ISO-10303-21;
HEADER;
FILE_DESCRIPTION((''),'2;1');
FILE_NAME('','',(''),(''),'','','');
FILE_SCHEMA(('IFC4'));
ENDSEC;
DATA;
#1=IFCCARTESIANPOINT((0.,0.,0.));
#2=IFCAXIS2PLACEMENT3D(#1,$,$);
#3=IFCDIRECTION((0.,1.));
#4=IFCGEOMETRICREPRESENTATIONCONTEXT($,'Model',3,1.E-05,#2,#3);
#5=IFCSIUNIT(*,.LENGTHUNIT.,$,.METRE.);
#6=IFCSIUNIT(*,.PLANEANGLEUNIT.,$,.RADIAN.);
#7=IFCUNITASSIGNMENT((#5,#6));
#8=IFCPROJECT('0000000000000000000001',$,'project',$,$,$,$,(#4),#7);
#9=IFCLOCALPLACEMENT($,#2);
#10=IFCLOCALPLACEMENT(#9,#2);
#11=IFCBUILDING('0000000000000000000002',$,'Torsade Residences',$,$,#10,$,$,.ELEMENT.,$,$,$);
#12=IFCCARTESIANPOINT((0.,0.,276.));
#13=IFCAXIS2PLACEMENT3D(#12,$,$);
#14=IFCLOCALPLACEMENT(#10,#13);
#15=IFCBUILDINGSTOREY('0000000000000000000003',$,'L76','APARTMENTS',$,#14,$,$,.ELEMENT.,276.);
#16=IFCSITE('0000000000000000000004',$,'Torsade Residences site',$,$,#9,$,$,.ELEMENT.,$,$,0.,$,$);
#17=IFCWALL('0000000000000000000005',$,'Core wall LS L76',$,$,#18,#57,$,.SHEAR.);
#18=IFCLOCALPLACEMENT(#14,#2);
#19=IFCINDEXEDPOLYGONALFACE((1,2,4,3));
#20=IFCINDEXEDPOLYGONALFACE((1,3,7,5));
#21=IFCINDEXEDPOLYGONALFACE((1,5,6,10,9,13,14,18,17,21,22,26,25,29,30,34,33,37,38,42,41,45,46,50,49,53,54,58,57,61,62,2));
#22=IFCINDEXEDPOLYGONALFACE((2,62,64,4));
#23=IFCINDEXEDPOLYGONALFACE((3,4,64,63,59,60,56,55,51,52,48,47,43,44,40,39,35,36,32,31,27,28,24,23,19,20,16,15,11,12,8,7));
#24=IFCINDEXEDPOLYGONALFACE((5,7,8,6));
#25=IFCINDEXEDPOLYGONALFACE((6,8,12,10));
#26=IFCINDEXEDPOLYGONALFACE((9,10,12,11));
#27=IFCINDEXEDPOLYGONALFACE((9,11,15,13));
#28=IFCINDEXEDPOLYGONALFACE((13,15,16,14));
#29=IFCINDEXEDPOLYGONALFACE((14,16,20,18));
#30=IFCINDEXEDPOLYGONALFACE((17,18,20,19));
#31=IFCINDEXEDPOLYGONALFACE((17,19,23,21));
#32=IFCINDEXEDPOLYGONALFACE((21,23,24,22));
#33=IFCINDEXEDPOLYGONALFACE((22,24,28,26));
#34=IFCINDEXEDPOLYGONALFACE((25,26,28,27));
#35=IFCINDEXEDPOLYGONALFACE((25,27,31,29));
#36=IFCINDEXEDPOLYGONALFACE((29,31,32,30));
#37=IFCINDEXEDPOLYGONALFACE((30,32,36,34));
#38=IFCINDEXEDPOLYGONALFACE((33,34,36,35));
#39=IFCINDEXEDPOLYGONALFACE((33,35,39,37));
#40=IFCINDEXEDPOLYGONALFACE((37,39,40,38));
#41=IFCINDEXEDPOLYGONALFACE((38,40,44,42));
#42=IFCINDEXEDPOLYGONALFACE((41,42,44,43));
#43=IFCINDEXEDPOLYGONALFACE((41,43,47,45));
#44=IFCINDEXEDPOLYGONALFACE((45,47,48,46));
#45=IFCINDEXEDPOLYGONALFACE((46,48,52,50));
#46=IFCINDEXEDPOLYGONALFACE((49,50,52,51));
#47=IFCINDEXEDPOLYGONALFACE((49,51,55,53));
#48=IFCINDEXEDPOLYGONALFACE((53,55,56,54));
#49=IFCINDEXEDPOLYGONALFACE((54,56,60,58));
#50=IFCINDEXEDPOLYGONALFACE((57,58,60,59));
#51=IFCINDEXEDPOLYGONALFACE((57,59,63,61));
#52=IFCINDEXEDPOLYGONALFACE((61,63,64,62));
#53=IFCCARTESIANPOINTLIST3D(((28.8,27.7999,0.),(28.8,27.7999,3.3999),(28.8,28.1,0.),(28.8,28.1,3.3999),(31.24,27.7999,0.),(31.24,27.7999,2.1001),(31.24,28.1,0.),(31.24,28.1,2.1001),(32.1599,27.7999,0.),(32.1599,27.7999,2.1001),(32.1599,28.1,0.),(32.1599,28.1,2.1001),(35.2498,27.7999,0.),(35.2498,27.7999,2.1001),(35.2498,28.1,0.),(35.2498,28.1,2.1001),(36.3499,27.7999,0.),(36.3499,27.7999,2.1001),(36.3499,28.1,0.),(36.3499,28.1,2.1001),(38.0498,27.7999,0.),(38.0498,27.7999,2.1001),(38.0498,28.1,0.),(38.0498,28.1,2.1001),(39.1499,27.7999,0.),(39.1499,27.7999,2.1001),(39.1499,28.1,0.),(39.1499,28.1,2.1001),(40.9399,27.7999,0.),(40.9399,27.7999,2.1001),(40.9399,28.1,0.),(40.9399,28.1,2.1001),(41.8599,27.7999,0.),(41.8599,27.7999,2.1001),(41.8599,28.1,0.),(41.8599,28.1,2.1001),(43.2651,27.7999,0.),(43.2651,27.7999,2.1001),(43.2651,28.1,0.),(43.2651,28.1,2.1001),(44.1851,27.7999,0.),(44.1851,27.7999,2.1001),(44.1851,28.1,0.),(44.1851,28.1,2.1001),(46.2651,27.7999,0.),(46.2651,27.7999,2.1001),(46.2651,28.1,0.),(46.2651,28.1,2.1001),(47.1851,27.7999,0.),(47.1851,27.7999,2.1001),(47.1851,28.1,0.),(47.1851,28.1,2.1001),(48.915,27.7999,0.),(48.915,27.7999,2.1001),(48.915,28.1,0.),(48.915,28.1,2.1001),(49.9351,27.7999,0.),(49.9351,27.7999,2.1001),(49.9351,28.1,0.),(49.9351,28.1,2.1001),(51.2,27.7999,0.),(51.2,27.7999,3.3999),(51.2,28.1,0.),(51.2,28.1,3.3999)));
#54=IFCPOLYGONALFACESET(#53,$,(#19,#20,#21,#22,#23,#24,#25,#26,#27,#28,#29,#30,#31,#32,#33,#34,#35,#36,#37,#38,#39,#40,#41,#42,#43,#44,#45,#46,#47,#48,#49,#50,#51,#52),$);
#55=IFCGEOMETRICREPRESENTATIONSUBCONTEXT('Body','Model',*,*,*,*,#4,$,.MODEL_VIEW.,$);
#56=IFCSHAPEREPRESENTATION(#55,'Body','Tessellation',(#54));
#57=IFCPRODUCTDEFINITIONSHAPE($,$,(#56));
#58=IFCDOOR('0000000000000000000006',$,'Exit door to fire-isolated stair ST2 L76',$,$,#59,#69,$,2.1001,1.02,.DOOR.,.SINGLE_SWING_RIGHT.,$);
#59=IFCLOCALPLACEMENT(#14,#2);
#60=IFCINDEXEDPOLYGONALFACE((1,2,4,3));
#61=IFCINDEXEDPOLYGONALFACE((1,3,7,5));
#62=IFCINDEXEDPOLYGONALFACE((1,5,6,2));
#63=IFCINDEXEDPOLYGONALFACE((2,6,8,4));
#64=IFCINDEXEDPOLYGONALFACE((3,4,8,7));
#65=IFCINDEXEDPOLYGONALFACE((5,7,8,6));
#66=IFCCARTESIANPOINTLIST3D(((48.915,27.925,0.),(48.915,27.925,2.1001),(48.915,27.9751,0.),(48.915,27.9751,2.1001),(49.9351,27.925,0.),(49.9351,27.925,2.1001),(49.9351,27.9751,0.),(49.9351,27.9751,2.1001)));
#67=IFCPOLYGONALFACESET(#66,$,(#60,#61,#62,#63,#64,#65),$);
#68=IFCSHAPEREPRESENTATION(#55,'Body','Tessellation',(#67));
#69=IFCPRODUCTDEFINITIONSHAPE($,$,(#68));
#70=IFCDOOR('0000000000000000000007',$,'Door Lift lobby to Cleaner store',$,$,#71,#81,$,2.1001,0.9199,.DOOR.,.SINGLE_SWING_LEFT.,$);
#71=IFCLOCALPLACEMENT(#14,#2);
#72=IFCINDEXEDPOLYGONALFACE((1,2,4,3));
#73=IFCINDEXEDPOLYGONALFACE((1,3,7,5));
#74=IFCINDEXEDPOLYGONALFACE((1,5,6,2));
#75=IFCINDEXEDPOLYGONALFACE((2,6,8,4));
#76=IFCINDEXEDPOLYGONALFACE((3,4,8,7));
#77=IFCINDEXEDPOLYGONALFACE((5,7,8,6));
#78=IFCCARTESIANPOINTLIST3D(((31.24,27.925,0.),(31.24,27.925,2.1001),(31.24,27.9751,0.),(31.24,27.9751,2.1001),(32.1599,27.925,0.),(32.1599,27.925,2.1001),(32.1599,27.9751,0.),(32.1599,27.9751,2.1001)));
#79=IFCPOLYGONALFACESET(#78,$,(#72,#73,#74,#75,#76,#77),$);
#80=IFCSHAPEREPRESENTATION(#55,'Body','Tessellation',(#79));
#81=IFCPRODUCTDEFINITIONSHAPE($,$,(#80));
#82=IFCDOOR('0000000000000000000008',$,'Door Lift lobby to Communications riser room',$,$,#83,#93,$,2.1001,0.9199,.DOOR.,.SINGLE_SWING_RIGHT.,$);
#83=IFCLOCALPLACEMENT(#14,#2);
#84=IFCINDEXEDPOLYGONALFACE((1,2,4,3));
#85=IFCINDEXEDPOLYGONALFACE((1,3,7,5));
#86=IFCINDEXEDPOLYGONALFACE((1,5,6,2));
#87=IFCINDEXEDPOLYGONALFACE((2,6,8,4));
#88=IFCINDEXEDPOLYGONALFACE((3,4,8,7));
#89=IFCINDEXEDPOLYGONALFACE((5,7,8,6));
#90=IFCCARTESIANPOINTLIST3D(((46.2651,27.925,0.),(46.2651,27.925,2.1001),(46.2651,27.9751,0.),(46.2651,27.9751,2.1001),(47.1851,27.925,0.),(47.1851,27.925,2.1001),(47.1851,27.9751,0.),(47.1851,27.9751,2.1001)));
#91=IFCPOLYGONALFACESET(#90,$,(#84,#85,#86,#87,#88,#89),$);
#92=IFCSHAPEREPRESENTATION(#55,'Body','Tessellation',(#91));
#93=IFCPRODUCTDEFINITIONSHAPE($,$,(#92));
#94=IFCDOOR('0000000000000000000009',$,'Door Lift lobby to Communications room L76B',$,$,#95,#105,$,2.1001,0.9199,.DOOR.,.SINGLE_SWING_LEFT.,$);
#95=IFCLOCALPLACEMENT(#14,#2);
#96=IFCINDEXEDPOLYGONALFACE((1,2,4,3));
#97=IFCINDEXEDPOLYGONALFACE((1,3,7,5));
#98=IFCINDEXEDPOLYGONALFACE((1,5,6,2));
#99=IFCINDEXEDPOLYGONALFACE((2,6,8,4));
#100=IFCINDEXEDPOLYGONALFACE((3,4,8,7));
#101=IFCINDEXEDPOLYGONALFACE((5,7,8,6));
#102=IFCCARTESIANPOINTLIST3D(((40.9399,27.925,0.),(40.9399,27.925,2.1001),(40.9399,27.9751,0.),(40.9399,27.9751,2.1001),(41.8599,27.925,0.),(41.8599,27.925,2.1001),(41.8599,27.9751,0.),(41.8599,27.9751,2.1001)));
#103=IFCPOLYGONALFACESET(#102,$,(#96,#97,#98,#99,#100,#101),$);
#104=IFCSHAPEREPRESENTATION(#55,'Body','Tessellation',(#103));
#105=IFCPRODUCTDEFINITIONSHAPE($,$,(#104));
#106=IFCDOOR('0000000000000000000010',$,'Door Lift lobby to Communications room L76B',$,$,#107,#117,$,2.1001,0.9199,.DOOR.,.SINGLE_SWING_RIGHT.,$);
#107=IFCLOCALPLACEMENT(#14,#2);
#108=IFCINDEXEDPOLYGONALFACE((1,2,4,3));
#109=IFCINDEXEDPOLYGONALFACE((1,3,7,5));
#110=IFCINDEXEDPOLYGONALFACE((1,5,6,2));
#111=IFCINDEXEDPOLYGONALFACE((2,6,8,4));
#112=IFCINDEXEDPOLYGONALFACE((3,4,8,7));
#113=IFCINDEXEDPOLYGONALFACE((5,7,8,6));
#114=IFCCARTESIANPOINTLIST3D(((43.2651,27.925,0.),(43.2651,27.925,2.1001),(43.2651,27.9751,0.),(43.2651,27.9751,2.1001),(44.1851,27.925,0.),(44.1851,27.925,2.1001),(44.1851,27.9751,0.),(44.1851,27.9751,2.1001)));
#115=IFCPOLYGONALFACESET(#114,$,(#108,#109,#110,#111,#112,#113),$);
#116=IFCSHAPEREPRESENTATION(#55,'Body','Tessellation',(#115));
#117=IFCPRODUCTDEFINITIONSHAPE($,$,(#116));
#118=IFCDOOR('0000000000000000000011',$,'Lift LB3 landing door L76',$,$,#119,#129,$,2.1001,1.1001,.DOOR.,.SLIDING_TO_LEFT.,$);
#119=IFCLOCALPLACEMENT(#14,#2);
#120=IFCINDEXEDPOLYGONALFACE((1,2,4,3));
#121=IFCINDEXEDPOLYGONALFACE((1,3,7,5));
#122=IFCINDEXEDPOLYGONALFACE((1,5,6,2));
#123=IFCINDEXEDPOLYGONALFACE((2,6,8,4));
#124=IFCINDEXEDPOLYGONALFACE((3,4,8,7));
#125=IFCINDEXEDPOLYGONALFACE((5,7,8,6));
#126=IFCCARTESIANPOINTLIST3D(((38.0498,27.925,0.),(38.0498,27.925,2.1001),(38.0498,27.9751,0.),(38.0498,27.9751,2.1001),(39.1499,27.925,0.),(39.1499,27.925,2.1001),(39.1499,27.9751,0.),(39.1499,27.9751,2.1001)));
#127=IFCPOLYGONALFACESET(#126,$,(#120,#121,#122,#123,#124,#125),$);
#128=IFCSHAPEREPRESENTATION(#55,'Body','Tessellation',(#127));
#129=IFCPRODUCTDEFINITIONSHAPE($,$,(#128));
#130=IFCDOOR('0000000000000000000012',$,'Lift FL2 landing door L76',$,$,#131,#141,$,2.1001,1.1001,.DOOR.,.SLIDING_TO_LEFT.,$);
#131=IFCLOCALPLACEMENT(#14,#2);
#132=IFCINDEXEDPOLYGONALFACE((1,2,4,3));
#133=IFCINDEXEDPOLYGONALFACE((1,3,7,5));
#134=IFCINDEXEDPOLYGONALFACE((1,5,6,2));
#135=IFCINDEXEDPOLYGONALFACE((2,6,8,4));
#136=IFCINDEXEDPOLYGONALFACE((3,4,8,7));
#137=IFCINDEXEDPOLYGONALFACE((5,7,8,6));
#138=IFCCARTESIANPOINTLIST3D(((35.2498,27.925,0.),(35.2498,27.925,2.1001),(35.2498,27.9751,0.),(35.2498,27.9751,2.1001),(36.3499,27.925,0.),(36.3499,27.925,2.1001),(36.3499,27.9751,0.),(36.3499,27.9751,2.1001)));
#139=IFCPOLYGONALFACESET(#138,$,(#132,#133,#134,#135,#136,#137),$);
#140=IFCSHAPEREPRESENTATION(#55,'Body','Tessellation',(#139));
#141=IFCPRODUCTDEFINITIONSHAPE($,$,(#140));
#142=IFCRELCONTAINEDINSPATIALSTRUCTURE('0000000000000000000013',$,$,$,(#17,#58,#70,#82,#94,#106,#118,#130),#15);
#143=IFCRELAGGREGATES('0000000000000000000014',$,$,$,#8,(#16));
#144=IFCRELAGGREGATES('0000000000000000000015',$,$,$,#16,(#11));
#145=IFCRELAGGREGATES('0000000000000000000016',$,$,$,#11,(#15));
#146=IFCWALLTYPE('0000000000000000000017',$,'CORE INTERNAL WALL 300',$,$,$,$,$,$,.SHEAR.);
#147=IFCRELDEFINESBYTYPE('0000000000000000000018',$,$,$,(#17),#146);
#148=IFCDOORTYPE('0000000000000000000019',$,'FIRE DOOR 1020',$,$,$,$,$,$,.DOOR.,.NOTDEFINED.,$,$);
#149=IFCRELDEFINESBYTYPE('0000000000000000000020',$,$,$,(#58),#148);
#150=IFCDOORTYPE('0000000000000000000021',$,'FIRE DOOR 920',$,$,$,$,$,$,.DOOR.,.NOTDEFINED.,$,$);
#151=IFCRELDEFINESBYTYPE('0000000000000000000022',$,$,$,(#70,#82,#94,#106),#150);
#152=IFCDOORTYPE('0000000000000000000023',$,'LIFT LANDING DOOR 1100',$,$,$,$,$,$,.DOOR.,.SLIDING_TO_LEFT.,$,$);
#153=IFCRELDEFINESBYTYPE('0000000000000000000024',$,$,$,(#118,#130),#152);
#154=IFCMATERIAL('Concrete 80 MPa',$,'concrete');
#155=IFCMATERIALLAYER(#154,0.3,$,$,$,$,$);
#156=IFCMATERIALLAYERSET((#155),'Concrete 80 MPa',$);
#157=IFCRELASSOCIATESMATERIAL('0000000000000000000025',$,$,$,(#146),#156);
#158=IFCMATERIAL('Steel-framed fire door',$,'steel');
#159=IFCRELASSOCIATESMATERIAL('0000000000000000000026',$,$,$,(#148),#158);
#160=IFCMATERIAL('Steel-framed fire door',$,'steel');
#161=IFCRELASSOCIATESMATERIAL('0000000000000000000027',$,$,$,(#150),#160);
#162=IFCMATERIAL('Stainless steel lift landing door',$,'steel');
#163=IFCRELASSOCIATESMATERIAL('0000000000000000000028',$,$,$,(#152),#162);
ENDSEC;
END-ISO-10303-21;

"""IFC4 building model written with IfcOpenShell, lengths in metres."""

from ifc_helpers import new_model, si_unit, direction, frame, frame_2d, origin, place, context, subcontext, project, spatial, rectangle, extrude, material, layer, layer_set, type_object, element, fill, save


model = new_model("IFC4")

# Units and contexts
model_context = context("Model", 3, precision=1e-05, world=origin(), true_north=direction((0.0, 1.0)))
body_context = subcontext(model_context, "Body", "Model", "MODEL_VIEW")
ifc_project = project(units=[si_unit("LENGTHUNIT", "METRE"), si_unit("PLANEANGLEUNIT", "RADIAN")], contexts=[model_context])

# Site, building, storey
site_placement = place(None, origin())
site = spatial("IfcSite", under=ifc_project, at=site_placement, Name="Torsade Residences site", CompositionType="ELEMENT", RefElevation=0.0)
building_placement = place(site_placement, origin())
building = spatial("IfcBuilding", under=site, at=building_placement, Name="Torsade Residences", CompositionType="ELEMENT")
storey_placement = place(building_placement, frame((0.0, 0.0, 276.0)))
storey = spatial("IfcBuildingStorey", under=building, at=storey_placement, Name="L76", Description="APARTMENTS", CompositionType="ELEMENT", Elevation=276.0)

# Wall, openings, doors
ifc_material_1 = material(Name="Concrete 80 MPa", Category="concrete")
ifc_layer_1 = layer(ifc_material_1, 0.3)
ifc_layer_set_1 = layer_set([ifc_layer_1], Name="Concrete 80 MPa")
wall_type_1 = type_object("IfcWallType", Name="CORE INTERNAL WALL 300", PredefinedType="SHEAR", material=ifc_layer_set_1)
wall_1_placement = place(storey_placement, frame((51.2, 27.95, 0.0), z_axis=(0.0, 0.0, 1.0), x_axis=(-1.0, 0.0, 0.0)))
wall_1 = element("IfcWall", 1, at=wall_1_placement, inside=storey, type_object=wall_type_1, Name="Core wall LS L76", PredefinedType="SHEAR", context=body_context, shape_type="SweptSolid", body=[
    extrude(rectangle(XDim=22.3999, YDim=0.3, at=frame_2d((11.2, 0.0))), origin(), (0.0, 0.0, 1.0), 3.3999),
])
opening_1_placement = place(wall_1_placement, frame((19.04, 0.0, 0.0)))
opening_1 = element("IfcOpeningElement", 2, at=opening_1_placement, cuts=wall_1, PredefinedType="OPENING", context=body_context, shape_type="SweptSolid", body=[
    extrude(rectangle(XDim=0.9199, YDim=2.1001, at=frame_2d((0.46, 1.05))), frame((0.0, 0.1599, 0.0), z_axis=(0.0, -1.0, 0.0), x_axis=(1.0, 0.0, 0.0)), (0.0, 0.0, 1.0), 0.3201),
])
opening_2_placement = place(wall_1_placement, frame((1.2649, 0.0, 0.0)))
opening_2 = element("IfcOpeningElement", 3, at=opening_2_placement, cuts=wall_1, PredefinedType="OPENING", context=body_context, shape_type="SweptSolid", body=[
    extrude(rectangle(XDim=1.02, YDim=2.1001, at=frame_2d((0.51, 1.05))), frame((0.0, 0.1599, 0.0), z_axis=(0.0, -1.0, 0.0), x_axis=(1.0, 0.0, 0.0)), (0.0, 0.0, 1.0), 0.3201),
])
opening_3_placement = place(wall_1_placement, frame((4.0149, 0.0, 0.0)))
opening_3 = element("IfcOpeningElement", 4, at=opening_3_placement, cuts=wall_1, PredefinedType="OPENING", context=body_context, shape_type="SweptSolid", body=[
    extrude(rectangle(XDim=0.9199, YDim=2.1001, at=frame_2d((0.46, 1.05))), frame((0.0, 0.1599, 0.0), z_axis=(0.0, -1.0, 0.0), x_axis=(1.0, 0.0, 0.0)), (0.0, 0.0, 1.0), 0.3201),
])
opening_4_placement = place(wall_1_placement, frame((9.3401, 0.0, 0.0)))
opening_4 = element("IfcOpeningElement", 5, at=opening_4_placement, cuts=wall_1, PredefinedType="OPENING", context=body_context, shape_type="SweptSolid", body=[
    extrude(rectangle(XDim=0.9199, YDim=2.1001, at=frame_2d((0.46, 1.05))), frame((0.0, 0.1599, 0.0), z_axis=(0.0, -1.0, 0.0), x_axis=(1.0, 0.0, 0.0)), (0.0, 0.0, 1.0), 0.3201),
])
opening_5_placement = place(wall_1_placement, frame((7.0149, 0.0, 0.0)))
opening_5 = element("IfcOpeningElement", 6, at=opening_5_placement, cuts=wall_1, PredefinedType="OPENING", context=body_context, shape_type="SweptSolid", body=[
    extrude(rectangle(XDim=0.9199, YDim=2.1001, at=frame_2d((0.46, 1.05))), frame((0.0, 0.1599, 0.0), z_axis=(0.0, -1.0, 0.0), x_axis=(1.0, 0.0, 0.0)), (0.0, 0.0, 1.0), 0.3201),
])
opening_6_placement = place(wall_1_placement, frame((12.05, 0.0, 0.0)))
opening_6 = element("IfcOpeningElement", 7, at=opening_6_placement, cuts=wall_1, PredefinedType="OPENING", context=body_context, shape_type="SweptSolid", body=[
    extrude(rectangle(XDim=1.1001, YDim=2.1001, at=frame_2d((0.55, 1.05))), frame((0.0, 0.1599, 0.0), z_axis=(0.0, -1.0, 0.0), x_axis=(1.0, 0.0, 0.0)), (0.0, 0.0, 1.0), 0.3201),
])
opening_7_placement = place(wall_1_placement, frame((14.8501, 0.0, 0.0)))
opening_7 = element("IfcOpeningElement", 8, at=opening_7_placement, cuts=wall_1, PredefinedType="OPENING", context=body_context, shape_type="SweptSolid", body=[
    extrude(rectangle(XDim=1.1001, YDim=2.1001, at=frame_2d((0.55, 1.05))), frame((0.0, 0.1599, 0.0), z_axis=(0.0, -1.0, 0.0), x_axis=(1.0, 0.0, 0.0)), (0.0, 0.0, 1.0), 0.3201),
])
ifc_material_2 = material(Name="Steel-framed fire door", Category="steel")
door_type_1 = type_object("IfcDoorType", Name="FIRE DOOR 1020", OperationType="NOTDEFINED", PredefinedType="DOOR", material=ifc_material_2)
door_1_placement = place(opening_2_placement, origin())
door_1 = element("IfcDoor", 9, at=door_1_placement, inside=storey, type_object=door_type_1, Name="Exit door to fire-isolated stair ST2 L76", OperationType="SINGLE_SWING_RIGHT", OverallHeight=2.1001, OverallWidth=1.02, PredefinedType="DOOR", context=body_context, shape_type="SweptSolid", body=[
    extrude(rectangle(XDim=1.02, YDim=2.1001, at=frame_2d((0.51, 1.05))), frame((0.0, 0.0249, 0.0), z_axis=(0.0, -1.0, 0.0), x_axis=(1.0, 0.0, 0.0)), (0.0, 0.0, 1.0), 0.05),
])
fill(opening_2, door_1)
ifc_material_3 = material(Name="Steel-framed fire door", Category="steel")
door_type_2 = type_object("IfcDoorType", Name="FIRE DOOR 920", OperationType="NOTDEFINED", PredefinedType="DOOR", material=ifc_material_3)
door_2_placement = place(opening_1_placement, origin())
door_2 = element("IfcDoor", 10, at=door_2_placement, inside=storey, type_object=door_type_2, Name="Door Lift lobby to Cleaner store", OperationType="SINGLE_SWING_LEFT", OverallHeight=2.1001, OverallWidth=0.9199, PredefinedType="DOOR", context=body_context, shape_type="SweptSolid", body=[
    extrude(rectangle(XDim=0.9199, YDim=2.1001, at=frame_2d((0.46, 1.05))), frame((0.0, 0.0249, 0.0), z_axis=(0.0, -1.0, 0.0), x_axis=(1.0, 0.0, 0.0)), (0.0, 0.0, 1.0), 0.05),
])
fill(opening_1, door_2)
door_3_placement = place(opening_3_placement, origin())
door_3 = element("IfcDoor", 11, at=door_3_placement, inside=storey, type_object=door_type_2, Name="Door Lift lobby to Communications riser room", OperationType="SINGLE_SWING_RIGHT", OverallHeight=2.1001, OverallWidth=0.9199, PredefinedType="DOOR", context=body_context, shape_type="SweptSolid", body=[
    extrude(rectangle(XDim=0.9199, YDim=2.1001, at=frame_2d((0.46, 1.05))), frame((0.0, 0.0249, 0.0), z_axis=(0.0, -1.0, 0.0), x_axis=(1.0, 0.0, 0.0)), (0.0, 0.0, 1.0), 0.05),
])
fill(opening_3, door_3)
door_4_placement = place(opening_4_placement, origin())
door_4 = element("IfcDoor", 12, at=door_4_placement, inside=storey, type_object=door_type_2, Name="Door Lift lobby to Communications room L76B", OperationType="SINGLE_SWING_LEFT", OverallHeight=2.1001, OverallWidth=0.9199, PredefinedType="DOOR", context=body_context, shape_type="SweptSolid", body=[
    extrude(rectangle(XDim=0.9199, YDim=2.1001, at=frame_2d((0.46, 1.05))), frame((0.0, 0.0249, 0.0), z_axis=(0.0, -1.0, 0.0), x_axis=(1.0, 0.0, 0.0)), (0.0, 0.0, 1.0), 0.05),
])
fill(opening_4, door_4)
door_5_placement = place(opening_5_placement, origin())
door_5 = element("IfcDoor", 13, at=door_5_placement, inside=storey, type_object=door_type_2, Name="Door Lift lobby to Communications room L76B", OperationType="SINGLE_SWING_RIGHT", OverallHeight=2.1001, OverallWidth=0.9199, PredefinedType="DOOR", context=body_context, shape_type="SweptSolid", body=[
    extrude(rectangle(XDim=0.9199, YDim=2.1001, at=frame_2d((0.46, 1.05))), frame((0.0, 0.0249, 0.0), z_axis=(0.0, -1.0, 0.0), x_axis=(1.0, 0.0, 0.0)), (0.0, 0.0, 1.0), 0.05),
])
fill(opening_5, door_5)
ifc_material_4 = material(Name="Stainless steel lift landing door", Category="steel")
door_type_3 = type_object("IfcDoorType", Name="LIFT LANDING DOOR 1100", OperationType="SLIDING_TO_LEFT", PredefinedType="DOOR", material=ifc_material_4)
door_6_placement = place(opening_6_placement, origin())
door_6 = element("IfcDoor", 14, at=door_6_placement, inside=storey, type_object=door_type_3, Name="Lift LB3 landing door L76", OperationType="SLIDING_TO_LEFT", OverallHeight=2.1001, OverallWidth=1.1001, PredefinedType="DOOR", context=body_context, shape_type="SweptSolid", body=[
    extrude(rectangle(XDim=1.1001, YDim=2.1001, at=frame_2d((0.55, 1.05))), frame((0.0, 0.0249, 0.0), z_axis=(0.0, -1.0, 0.0), x_axis=(1.0, 0.0, 0.0)), (0.0, 0.0, 1.0), 0.05),
])
fill(opening_6, door_6)
door_7_placement = place(opening_7_placement, origin())
door_7 = element("IfcDoor", 15, at=door_7_placement, inside=storey, type_object=door_type_3, Name="Lift FL2 landing door L76", OperationType="SLIDING_TO_LEFT", OverallHeight=2.1001, OverallWidth=1.1001, PredefinedType="DOOR", context=body_context, shape_type="SweptSolid", body=[
    extrude(rectangle(XDim=1.1001, YDim=2.1001, at=frame_2d((0.55, 1.05))), frame((0.0, 0.0249, 0.0), z_axis=(0.0, -1.0, 0.0), x_axis=(1.0, 0.0, 0.0)), (0.0, 0.0, 1.0), 0.05),
])
fill(opening_7, door_7)

save(model, "model.ifc")
